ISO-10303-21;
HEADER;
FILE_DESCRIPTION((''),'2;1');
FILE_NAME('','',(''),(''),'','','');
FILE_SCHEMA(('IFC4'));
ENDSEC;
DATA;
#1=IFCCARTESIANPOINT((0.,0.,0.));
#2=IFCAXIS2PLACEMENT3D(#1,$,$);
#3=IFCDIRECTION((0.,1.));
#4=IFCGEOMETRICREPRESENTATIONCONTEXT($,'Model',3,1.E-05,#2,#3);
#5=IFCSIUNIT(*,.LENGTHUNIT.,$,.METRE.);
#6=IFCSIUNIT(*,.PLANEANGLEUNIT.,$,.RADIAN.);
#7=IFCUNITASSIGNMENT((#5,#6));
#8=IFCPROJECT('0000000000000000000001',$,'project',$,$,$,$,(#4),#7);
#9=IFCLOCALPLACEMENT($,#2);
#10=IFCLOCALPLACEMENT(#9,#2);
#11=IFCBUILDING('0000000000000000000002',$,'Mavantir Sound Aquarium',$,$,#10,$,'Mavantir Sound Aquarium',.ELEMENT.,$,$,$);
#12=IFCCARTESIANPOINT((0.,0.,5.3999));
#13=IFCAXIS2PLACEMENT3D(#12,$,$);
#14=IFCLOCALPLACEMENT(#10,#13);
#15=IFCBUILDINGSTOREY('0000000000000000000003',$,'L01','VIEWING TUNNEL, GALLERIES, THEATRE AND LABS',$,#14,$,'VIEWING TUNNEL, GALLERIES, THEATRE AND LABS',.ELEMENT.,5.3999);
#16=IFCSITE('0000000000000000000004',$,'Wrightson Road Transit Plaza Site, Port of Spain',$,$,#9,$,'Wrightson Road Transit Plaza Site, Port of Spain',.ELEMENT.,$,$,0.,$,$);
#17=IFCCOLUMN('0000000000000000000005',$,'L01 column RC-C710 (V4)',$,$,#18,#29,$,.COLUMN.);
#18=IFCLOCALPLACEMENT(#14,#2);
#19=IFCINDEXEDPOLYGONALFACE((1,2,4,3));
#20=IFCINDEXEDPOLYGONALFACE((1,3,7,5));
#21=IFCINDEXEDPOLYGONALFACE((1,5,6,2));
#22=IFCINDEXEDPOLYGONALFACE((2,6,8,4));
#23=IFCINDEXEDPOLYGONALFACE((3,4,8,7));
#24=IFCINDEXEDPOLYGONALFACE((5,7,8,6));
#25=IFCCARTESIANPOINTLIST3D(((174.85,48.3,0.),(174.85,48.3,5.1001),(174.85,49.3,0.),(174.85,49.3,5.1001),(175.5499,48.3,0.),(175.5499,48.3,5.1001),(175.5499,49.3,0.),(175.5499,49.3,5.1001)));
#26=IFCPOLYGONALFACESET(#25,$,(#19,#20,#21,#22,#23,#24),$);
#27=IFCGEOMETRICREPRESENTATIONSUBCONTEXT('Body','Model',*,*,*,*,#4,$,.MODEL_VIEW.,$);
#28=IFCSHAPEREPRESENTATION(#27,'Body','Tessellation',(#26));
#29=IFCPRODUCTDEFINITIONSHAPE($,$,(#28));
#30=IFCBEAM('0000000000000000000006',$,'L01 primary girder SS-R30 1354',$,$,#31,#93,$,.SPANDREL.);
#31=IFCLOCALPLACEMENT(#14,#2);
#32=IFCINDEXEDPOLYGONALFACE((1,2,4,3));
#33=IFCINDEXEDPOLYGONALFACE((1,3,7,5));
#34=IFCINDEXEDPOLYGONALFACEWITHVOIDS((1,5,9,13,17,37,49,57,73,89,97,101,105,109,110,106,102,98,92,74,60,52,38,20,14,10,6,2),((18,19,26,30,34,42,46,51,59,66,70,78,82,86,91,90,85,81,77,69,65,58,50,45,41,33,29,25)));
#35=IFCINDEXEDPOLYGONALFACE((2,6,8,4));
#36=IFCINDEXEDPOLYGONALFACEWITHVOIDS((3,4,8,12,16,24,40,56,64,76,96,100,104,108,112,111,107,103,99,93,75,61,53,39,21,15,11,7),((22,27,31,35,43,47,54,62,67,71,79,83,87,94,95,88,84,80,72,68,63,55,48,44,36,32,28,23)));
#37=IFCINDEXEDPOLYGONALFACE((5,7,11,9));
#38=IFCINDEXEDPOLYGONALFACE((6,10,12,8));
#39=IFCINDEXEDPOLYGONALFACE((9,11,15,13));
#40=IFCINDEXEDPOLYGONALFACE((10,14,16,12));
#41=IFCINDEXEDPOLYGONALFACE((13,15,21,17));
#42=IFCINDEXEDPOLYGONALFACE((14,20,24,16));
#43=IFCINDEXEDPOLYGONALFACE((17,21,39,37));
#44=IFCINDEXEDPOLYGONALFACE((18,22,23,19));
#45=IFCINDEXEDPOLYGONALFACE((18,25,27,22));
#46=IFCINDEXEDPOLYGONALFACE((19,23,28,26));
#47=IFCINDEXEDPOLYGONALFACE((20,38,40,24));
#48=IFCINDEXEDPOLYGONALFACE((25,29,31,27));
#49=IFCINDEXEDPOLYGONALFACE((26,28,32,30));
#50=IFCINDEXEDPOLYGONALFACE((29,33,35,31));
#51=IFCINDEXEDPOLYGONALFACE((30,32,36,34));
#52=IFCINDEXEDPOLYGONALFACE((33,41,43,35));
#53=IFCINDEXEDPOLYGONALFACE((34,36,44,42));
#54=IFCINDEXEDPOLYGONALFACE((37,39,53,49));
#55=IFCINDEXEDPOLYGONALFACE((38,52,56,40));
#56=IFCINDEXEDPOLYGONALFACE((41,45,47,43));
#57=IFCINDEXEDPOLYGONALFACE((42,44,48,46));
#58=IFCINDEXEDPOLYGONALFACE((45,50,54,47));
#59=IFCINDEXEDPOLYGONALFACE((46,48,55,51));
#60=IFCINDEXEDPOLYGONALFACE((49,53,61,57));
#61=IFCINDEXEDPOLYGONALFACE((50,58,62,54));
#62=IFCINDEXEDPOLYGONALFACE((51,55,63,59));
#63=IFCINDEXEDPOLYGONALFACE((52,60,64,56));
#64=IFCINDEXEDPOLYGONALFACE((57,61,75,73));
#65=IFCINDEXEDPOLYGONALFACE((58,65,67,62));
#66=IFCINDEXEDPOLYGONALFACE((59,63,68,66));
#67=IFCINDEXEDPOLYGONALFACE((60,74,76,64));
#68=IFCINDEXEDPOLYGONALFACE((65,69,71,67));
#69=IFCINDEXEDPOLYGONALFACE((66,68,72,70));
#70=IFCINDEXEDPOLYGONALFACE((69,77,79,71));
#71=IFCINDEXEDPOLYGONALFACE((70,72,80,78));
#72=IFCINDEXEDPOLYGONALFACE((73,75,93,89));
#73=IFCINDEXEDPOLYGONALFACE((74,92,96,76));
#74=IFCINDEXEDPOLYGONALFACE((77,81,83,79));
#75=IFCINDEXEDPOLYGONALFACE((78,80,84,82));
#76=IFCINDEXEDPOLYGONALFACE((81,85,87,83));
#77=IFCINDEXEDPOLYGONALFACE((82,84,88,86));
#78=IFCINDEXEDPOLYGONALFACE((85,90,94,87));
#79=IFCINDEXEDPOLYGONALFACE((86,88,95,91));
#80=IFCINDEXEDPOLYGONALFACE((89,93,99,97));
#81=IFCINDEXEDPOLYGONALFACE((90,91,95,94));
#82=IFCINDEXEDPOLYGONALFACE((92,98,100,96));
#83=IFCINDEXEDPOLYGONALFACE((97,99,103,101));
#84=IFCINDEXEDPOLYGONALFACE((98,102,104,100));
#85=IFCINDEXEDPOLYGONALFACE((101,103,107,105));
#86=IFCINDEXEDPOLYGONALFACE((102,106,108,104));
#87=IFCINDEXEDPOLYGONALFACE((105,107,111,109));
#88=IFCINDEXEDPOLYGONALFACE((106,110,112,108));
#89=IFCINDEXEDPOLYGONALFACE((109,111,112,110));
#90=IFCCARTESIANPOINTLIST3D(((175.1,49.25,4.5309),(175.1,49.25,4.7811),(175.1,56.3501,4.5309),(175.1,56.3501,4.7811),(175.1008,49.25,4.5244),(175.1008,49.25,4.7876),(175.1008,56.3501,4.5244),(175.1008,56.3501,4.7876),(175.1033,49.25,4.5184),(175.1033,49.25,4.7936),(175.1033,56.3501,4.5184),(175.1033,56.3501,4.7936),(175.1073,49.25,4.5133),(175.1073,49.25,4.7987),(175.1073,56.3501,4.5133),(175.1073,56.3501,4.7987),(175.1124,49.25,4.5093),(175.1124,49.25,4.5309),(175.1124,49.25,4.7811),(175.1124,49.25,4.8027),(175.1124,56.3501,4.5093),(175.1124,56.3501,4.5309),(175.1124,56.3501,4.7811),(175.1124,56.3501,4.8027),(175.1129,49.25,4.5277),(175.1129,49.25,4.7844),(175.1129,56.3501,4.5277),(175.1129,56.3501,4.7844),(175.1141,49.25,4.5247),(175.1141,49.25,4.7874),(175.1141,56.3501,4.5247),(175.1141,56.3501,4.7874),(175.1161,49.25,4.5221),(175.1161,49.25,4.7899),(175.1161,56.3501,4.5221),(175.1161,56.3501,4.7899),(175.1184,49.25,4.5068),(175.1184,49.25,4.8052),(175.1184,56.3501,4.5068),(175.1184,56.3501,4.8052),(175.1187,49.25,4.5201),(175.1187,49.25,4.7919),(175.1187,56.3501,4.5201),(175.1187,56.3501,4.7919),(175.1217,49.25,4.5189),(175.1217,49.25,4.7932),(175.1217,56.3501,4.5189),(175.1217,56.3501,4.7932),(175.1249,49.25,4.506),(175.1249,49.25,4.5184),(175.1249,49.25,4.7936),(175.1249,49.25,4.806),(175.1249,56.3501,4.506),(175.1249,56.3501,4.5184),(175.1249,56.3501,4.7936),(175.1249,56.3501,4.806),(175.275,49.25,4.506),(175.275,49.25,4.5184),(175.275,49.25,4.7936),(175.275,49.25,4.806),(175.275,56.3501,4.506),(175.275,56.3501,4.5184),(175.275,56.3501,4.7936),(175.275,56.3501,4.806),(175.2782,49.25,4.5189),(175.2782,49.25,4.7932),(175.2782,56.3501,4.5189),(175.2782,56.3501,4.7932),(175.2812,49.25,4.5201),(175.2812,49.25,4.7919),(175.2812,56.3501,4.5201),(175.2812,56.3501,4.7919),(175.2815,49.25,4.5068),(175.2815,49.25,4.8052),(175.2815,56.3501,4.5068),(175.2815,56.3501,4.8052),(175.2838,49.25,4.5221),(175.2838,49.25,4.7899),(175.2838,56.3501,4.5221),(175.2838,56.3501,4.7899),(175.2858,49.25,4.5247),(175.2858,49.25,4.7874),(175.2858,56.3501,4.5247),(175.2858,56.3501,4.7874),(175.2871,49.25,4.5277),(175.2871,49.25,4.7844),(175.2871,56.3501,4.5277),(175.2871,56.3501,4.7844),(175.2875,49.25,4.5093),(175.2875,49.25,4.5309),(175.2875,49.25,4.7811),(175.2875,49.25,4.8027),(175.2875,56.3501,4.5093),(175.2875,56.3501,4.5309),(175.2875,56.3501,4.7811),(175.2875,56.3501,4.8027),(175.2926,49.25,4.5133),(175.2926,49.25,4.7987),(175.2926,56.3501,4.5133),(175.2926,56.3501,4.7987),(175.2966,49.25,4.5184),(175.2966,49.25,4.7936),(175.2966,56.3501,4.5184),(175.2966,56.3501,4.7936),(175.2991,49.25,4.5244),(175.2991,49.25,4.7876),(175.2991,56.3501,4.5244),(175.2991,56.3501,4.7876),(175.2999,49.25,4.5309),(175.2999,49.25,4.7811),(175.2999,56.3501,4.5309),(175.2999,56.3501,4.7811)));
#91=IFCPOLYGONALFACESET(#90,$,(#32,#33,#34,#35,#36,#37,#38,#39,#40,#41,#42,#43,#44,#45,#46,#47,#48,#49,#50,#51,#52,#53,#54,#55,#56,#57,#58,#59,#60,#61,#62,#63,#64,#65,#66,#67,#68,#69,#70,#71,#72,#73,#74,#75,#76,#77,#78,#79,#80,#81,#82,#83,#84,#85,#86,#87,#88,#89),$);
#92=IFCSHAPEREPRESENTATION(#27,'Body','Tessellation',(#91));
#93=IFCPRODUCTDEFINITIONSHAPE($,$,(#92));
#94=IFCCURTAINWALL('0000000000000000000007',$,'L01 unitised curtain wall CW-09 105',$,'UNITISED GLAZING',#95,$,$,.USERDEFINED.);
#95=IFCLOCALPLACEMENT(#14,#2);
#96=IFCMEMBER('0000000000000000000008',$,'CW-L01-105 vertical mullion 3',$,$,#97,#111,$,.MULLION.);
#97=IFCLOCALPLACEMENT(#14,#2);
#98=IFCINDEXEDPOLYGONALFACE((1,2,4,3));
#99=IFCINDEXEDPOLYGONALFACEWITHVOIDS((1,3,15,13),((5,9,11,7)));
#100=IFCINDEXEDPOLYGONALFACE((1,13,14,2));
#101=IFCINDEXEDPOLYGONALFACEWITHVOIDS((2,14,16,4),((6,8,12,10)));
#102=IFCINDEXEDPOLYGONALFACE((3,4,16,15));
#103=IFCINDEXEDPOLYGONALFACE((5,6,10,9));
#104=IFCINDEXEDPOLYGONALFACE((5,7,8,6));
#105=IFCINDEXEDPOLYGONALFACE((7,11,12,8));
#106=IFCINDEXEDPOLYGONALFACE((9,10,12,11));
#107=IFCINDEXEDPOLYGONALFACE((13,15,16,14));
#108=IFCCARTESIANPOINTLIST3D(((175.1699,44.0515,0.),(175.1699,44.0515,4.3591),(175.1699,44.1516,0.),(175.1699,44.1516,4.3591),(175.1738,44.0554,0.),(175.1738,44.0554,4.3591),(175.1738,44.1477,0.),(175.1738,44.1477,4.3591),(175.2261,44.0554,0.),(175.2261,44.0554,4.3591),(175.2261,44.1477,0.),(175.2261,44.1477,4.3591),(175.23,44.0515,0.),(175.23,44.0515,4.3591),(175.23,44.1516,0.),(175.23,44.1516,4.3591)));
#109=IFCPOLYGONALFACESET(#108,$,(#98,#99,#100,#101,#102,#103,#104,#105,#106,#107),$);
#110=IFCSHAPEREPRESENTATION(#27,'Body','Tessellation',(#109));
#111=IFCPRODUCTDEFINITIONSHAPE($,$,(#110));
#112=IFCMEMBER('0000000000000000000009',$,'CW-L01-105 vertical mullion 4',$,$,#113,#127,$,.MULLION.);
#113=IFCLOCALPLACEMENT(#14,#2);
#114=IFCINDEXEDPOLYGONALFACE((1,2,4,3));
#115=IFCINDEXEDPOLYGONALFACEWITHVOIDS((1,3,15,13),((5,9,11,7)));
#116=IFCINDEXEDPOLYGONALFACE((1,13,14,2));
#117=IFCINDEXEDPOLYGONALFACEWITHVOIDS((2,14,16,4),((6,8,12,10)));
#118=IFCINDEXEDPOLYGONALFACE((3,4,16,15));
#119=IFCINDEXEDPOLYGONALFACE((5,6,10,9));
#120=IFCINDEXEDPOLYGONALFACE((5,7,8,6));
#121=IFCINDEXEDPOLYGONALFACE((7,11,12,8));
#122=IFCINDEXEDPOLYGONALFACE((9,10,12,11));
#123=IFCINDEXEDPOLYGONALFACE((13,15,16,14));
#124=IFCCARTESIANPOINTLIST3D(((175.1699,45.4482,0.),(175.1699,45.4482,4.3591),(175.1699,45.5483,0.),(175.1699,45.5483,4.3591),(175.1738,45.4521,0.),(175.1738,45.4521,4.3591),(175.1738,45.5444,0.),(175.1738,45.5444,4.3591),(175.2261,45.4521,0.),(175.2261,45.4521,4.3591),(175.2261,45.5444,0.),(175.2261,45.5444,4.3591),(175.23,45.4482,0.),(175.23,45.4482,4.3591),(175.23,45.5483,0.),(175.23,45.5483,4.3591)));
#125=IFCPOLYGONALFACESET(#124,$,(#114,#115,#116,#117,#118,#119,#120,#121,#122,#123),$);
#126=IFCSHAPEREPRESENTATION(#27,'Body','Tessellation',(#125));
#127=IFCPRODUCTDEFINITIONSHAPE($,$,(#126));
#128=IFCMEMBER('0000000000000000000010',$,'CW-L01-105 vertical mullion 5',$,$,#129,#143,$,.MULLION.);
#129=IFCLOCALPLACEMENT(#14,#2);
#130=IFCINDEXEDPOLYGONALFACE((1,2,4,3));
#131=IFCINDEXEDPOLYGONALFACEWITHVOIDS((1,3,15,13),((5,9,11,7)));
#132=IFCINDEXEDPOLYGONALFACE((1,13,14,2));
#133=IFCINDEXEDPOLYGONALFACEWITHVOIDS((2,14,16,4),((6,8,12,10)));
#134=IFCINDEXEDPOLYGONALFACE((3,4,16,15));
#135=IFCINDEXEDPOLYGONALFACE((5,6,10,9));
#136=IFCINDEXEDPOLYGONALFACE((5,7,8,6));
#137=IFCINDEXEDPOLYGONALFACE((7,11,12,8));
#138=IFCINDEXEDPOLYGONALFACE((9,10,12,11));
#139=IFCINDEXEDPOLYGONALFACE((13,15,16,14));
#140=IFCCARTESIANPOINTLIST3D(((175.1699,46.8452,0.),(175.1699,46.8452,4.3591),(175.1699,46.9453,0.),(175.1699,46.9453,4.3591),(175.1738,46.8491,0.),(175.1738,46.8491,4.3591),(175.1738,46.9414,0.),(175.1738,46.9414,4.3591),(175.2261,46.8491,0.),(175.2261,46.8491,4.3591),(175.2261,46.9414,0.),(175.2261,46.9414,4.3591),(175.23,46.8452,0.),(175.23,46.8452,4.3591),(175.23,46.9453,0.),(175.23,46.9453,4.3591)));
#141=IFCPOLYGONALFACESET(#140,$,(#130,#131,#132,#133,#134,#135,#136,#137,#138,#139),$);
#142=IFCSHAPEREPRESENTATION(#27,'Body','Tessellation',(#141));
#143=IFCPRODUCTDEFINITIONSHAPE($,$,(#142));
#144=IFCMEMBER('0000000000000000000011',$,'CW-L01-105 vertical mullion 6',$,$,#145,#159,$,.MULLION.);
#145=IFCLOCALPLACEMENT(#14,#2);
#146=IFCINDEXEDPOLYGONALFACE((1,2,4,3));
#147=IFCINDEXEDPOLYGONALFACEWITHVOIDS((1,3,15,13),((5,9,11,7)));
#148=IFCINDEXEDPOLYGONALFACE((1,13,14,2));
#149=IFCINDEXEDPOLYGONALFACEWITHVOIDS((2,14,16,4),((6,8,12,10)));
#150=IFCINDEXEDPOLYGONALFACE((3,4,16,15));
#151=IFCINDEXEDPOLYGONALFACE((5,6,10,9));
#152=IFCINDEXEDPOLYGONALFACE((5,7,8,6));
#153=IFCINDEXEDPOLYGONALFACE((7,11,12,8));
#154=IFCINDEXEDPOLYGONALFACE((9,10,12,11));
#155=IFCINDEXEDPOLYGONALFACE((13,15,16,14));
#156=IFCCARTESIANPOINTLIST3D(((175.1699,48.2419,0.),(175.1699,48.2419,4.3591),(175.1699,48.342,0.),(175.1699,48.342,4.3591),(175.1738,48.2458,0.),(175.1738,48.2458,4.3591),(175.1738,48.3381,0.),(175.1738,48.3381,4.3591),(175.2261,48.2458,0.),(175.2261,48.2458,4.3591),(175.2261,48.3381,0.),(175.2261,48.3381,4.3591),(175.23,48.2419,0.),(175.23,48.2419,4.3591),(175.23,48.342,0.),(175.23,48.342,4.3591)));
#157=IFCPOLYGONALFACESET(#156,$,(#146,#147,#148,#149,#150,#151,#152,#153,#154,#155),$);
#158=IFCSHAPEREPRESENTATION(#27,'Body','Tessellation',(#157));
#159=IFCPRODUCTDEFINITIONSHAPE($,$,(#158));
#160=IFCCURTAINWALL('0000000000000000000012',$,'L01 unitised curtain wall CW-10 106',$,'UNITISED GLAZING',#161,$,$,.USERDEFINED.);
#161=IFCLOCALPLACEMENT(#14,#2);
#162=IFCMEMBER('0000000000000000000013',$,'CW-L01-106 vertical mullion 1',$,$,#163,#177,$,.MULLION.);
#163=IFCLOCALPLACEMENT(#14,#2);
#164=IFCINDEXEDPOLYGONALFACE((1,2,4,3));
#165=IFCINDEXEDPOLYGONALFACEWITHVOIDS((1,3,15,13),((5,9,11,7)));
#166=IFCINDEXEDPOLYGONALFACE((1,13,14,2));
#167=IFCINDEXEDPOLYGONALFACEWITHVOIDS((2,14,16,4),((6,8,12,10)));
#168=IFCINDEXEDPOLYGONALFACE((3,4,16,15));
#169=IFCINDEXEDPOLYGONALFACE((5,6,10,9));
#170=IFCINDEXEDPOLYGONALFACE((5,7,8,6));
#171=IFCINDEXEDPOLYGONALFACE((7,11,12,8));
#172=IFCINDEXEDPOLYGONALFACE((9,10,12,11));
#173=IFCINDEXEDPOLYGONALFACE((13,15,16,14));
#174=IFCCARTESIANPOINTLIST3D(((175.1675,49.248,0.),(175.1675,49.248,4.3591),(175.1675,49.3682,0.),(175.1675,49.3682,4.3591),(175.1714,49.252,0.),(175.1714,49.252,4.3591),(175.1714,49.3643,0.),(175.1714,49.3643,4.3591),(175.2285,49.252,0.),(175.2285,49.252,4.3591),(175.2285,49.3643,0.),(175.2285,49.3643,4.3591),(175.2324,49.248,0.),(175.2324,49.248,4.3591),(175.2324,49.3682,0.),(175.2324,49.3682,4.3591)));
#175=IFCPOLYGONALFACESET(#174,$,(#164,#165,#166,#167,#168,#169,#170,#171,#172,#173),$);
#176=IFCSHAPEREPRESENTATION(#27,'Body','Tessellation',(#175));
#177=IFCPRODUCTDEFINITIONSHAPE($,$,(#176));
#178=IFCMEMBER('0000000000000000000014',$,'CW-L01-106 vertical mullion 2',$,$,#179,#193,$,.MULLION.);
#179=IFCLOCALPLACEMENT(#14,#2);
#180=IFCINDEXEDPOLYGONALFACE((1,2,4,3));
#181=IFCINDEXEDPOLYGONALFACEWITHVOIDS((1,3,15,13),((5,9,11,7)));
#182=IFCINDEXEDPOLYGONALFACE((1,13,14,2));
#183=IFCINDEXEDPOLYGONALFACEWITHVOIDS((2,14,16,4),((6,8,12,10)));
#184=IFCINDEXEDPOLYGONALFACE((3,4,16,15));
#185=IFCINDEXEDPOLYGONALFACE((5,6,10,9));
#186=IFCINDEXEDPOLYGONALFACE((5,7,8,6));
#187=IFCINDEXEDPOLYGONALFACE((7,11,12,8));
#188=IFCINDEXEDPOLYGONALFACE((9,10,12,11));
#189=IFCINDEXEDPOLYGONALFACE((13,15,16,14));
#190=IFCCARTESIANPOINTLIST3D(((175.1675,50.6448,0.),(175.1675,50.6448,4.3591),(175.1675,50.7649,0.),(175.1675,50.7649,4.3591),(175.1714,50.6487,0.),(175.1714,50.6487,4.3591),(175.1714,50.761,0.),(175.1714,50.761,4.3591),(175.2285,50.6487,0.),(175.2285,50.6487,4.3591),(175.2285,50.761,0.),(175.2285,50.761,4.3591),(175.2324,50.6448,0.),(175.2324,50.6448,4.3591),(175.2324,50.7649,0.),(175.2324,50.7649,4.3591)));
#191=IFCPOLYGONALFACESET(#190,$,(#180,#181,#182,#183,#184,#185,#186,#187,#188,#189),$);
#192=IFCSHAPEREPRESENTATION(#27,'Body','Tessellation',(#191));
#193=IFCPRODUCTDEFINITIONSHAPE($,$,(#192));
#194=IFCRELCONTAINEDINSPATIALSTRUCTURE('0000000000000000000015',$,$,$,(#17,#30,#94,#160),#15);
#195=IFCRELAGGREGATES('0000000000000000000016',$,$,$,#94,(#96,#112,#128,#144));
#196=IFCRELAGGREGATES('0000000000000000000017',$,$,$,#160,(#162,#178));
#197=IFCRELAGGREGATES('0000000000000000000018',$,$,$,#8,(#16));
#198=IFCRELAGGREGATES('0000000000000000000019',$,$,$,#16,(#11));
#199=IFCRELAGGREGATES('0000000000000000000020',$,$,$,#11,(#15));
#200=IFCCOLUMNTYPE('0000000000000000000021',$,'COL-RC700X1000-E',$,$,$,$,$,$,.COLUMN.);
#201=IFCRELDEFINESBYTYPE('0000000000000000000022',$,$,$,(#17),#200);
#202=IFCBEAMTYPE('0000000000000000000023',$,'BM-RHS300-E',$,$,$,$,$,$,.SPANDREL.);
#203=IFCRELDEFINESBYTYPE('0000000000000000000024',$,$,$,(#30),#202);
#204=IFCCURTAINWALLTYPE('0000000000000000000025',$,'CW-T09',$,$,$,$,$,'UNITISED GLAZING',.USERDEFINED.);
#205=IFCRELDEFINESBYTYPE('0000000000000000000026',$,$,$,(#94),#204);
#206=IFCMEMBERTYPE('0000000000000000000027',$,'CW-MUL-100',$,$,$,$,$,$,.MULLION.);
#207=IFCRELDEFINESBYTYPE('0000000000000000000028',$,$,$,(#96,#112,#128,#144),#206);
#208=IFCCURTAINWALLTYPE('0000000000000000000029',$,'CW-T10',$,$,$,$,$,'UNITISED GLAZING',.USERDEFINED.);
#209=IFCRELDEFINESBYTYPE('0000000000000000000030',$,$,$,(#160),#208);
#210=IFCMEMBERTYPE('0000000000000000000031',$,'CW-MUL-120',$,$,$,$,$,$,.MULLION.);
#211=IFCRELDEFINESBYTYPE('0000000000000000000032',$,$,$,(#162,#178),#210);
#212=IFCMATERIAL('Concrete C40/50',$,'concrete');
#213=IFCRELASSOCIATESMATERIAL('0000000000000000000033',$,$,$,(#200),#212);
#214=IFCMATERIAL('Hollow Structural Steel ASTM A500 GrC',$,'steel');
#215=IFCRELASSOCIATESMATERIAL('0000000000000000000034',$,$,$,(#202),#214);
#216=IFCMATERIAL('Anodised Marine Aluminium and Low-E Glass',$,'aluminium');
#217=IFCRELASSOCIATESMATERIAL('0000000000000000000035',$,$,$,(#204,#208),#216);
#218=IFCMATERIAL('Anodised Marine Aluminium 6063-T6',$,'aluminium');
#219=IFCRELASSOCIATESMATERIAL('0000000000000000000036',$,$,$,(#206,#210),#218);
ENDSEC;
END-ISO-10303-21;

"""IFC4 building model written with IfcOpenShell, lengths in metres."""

from ifc_helpers import new_model, si_unit, direction, frame, origin, origin_2d, place, context, subcontext, project, spatial, rectangle, hollow_rectangle, extrude, material, material_profile, profile_set, type_object, element, aggregate, save


model = new_model("IFC4")

# Units and contexts
model_context = context("Model", 3, precision=1e-05, world=origin(), true_north=direction((0.0, 1.0)))
body_context = subcontext(model_context, "Body", "Model", "MODEL_VIEW")
ifc_project = project(units=[si_unit("LENGTHUNIT", "METRE"), si_unit("PLANEANGLEUNIT", "RADIAN")], contexts=[model_context])

# Site, building, storey
site_placement = place(None, origin())
site = spatial("IfcSite", under=ifc_project, at=site_placement, Name="Wrightson Road Transit Plaza Site, Port of Spain", LongName="Wrightson Road Transit Plaza Site, Port of Spain", CompositionType="ELEMENT", RefElevation=0.0)
building_placement = place(site_placement, origin())
building = spatial("IfcBuilding", under=site, at=building_placement, Name="Mavantir Sound Aquarium", LongName="Mavantir Sound Aquarium", CompositionType="ELEMENT")
storey_placement = place(building_placement, frame((0.0, 0.0, 5.3999)))
storey = spatial("IfcBuildingStorey", under=building, at=storey_placement, Name="L01", Description="VIEWING TUNNEL, GALLERIES, THEATRE AND LABS", LongName="VIEWING TUNNEL, GALLERIES, THEATRE AND LABS", CompositionType="ELEMENT", Elevation=5.3999)

# Column
ifc_material_1 = material(Name="Concrete C40/50", Category="concrete")
ifc_material_profile_1 = material_profile(ifc_material_1, rectangle(XDim=0.7, YDim=1.0, at=origin_2d()), Name="RC 700X1000")
ifc_profile_set_1 = profile_set([ifc_material_profile_1], Name="Concrete C40/50")
column_type = type_object("IfcColumnType", Name="COL-RC700X1000-E", PredefinedType="COLUMN", material=ifc_profile_set_1)
column_placement = place(storey_placement, frame((175.2, 48.8, 0.0), z_axis=(0.0, 0.0, 1.0), x_axis=(1.0, 0.0, 0.0)))
element("IfcColumn", 1, at=column_placement, inside=storey, type_object=column_type, Name="L01 column RC-C710 (V4)", PredefinedType="COLUMN", context=body_context, shape_type="SweptSolid", body=[
    extrude(rectangle(XDim=0.7, YDim=1.0, at=origin_2d()), origin(), (0.0, 0.0, 1.0), 5.1001),
])

# Beam
ifc_material_2 = material(Name="Hollow Structural Steel ASTM A500 GrC", Category="steel")
ifc_material_profile_2 = material_profile(ifc_material_2, hollow_rectangle(XDim=0.2, YDim=0.3, WallThickness=0.0125, InnerFilletRadius=0.0125, OuterFilletRadius=0.0249, at=origin_2d()), Name="RHS 300X200X12.5")
ifc_profile_set_2 = profile_set([ifc_material_profile_2], Name="Hollow Structural Steel ASTM A500 GrC")
beam_type = type_object("IfcBeamType", Name="BM-RHS300-E", PredefinedType="SPANDREL", material=ifc_profile_set_2)
beam_placement = place(storey_placement, frame((175.2, 49.25, 4.656), z_axis=(0.0, 1.0, 0.0), x_axis=(-1.0, 0.0, 0.0)))
element("IfcBeam", 2, at=beam_placement, inside=storey, type_object=beam_type, Name="L01 primary girder SS-R30 1354", PredefinedType="SPANDREL", context=body_context, shape_type="SweptSolid", body=[
    extrude(hollow_rectangle(XDim=0.2, YDim=0.3, WallThickness=0.0125, InnerFilletRadius=0.0125, OuterFilletRadius=0.0249, at=origin_2d()), origin(), (0.0, 0.0, 1.0), 7.1001),
])

# Curtain walls, members
ifc_material_3 = material(Name="Anodised Marine Aluminium and Low-E Glass", Category="aluminium")
curtain_wall_type_1 = type_object("IfcCurtainWallType", Name="CW-T09", ElementType="UNITISED GLAZING", PredefinedType="USERDEFINED", material=ifc_material_3)
curtain_wall_1_placement = place(storey_placement, origin())
curtain_wall_1 = element("IfcCurtainWall", 3, at=curtain_wall_1_placement, inside=storey, type_object=curtain_wall_type_1, Name="L01 unitised curtain wall CW-09 105", ObjectType="UNITISED GLAZING", PredefinedType="USERDEFINED")
ifc_material_4 = material(Name="Anodised Marine Aluminium 6063-T6", Category="aluminium")
ifc_material_profile_3 = material_profile(ifc_material_4, hollow_rectangle(XDim=0.0601, YDim=0.1001, WallThickness=0.0039, at=origin_2d()), Name="ALU-MULLION-100X60")
ifc_profile_set_3 = profile_set([ifc_material_profile_3], Name="Anodised Marine Aluminium 6063-T6")
member_type_1 = type_object("IfcMemberType", Name="CW-MUL-100", PredefinedType="MULLION", material=ifc_profile_set_3)
member_1_placement = place(storey_placement, frame((175.2, 44.1016, 0.0), z_axis=(0.0, 0.0, 1.0), x_axis=(1.0, 0.0, 0.0)))
member_1 = element("IfcMember", 4, at=member_1_placement, type_object=member_type_1, Name="CW-L01-105 vertical mullion 3", PredefinedType="MULLION", context=body_context, shape_type="SweptSolid", body=[
    extrude(hollow_rectangle(XDim=0.0601, YDim=0.1001, WallThickness=0.0039, at=origin_2d()), origin(), (0.0, 0.0, 1.0), 4.3591),
])
member_2_placement = place(storey_placement, frame((175.2, 45.4983, 0.0), z_axis=(0.0, 0.0, 1.0), x_axis=(1.0, 0.0, 0.0)))
member_2 = element("IfcMember", 5, at=member_2_placement, type_object=member_type_1, Name="CW-L01-105 vertical mullion 4", PredefinedType="MULLION", context=body_context, shape_type="SweptSolid", body=[
    extrude(hollow_rectangle(XDim=0.0601, YDim=0.1001, WallThickness=0.0039, at=origin_2d()), origin(), (0.0, 0.0, 1.0), 4.3591),
])
member_3_placement = place(storey_placement, frame((175.2, 46.8953, 0.0), z_axis=(0.0, 0.0, 1.0), x_axis=(1.0, 0.0, 0.0)))
member_3 = element("IfcMember", 6, at=member_3_placement, type_object=member_type_1, Name="CW-L01-105 vertical mullion 5", PredefinedType="MULLION", context=body_context, shape_type="SweptSolid", body=[
    extrude(hollow_rectangle(XDim=0.0601, YDim=0.1001, WallThickness=0.0039, at=origin_2d()), origin(), (0.0, 0.0, 1.0), 4.3591),
])
member_4_placement = place(storey_placement, frame((175.2, 48.292, 0.0), z_axis=(0.0, 0.0, 1.0), x_axis=(1.0, 0.0, 0.0)))
member_4 = element("IfcMember", 7, at=member_4_placement, type_object=member_type_1, Name="CW-L01-105 vertical mullion 6", PredefinedType="MULLION", context=body_context, shape_type="SweptSolid", body=[
    extrude(hollow_rectangle(XDim=0.0601, YDim=0.1001, WallThickness=0.0039, at=origin_2d()), origin(), (0.0, 0.0, 1.0), 4.3591),
])
curtain_wall_type_2 = type_object("IfcCurtainWallType", Name="CW-T10", ElementType="UNITISED GLAZING", PredefinedType="USERDEFINED", material=ifc_material_3)
curtain_wall_2_placement = place(storey_placement, origin())
curtain_wall_2 = element("IfcCurtainWall", 8, at=curtain_wall_2_placement, inside=storey, type_object=curtain_wall_type_2, Name="L01 unitised curtain wall CW-10 106", ObjectType="UNITISED GLAZING", PredefinedType="USERDEFINED")
ifc_material_profile_4 = material_profile(ifc_material_4, hollow_rectangle(XDim=0.0649, YDim=0.1201, WallThickness=0.0039, at=origin_2d()), Name="ALU-MULLION-120X65")
ifc_profile_set_4 = profile_set([ifc_material_profile_4], Name="Anodised Marine Aluminium 6063-T6")
member_type_2 = type_object("IfcMemberType", Name="CW-MUL-120", PredefinedType="MULLION", material=ifc_profile_set_4)
member_5_placement = place(storey_placement, frame((175.2, 49.3081, 0.0), z_axis=(0.0, 0.0, 1.0), x_axis=(1.0, 0.0, 0.0)))
member_5 = element("IfcMember", 9, at=member_5_placement, type_object=member_type_2, Name="CW-L01-106 vertical mullion 1", PredefinedType="MULLION", context=body_context, shape_type="SweptSolid", body=[
    extrude(hollow_rectangle(XDim=0.0649, YDim=0.1201, WallThickness=0.0039, at=origin_2d()), origin(), (0.0, 0.0, 1.0), 4.3591),
])
member_6_placement = place(storey_placement, frame((175.2, 50.7048, 0.0), z_axis=(0.0, 0.0, 1.0), x_axis=(1.0, 0.0, 0.0)))
member_6 = element("IfcMember", 10, at=member_6_placement, type_object=member_type_2, Name="CW-L01-106 vertical mullion 2", PredefinedType="MULLION", context=body_context, shape_type="SweptSolid", body=[
    extrude(hollow_rectangle(XDim=0.0649, YDim=0.1201, WallThickness=0.0039, at=origin_2d()), origin(), (0.0, 0.0, 1.0), 4.3591),
])

aggregate(curtain_wall_1, [member_1, member_2, member_3, member_4])
aggregate(curtain_wall_2, [member_5, member_6])

save(model, "model.ifc")
